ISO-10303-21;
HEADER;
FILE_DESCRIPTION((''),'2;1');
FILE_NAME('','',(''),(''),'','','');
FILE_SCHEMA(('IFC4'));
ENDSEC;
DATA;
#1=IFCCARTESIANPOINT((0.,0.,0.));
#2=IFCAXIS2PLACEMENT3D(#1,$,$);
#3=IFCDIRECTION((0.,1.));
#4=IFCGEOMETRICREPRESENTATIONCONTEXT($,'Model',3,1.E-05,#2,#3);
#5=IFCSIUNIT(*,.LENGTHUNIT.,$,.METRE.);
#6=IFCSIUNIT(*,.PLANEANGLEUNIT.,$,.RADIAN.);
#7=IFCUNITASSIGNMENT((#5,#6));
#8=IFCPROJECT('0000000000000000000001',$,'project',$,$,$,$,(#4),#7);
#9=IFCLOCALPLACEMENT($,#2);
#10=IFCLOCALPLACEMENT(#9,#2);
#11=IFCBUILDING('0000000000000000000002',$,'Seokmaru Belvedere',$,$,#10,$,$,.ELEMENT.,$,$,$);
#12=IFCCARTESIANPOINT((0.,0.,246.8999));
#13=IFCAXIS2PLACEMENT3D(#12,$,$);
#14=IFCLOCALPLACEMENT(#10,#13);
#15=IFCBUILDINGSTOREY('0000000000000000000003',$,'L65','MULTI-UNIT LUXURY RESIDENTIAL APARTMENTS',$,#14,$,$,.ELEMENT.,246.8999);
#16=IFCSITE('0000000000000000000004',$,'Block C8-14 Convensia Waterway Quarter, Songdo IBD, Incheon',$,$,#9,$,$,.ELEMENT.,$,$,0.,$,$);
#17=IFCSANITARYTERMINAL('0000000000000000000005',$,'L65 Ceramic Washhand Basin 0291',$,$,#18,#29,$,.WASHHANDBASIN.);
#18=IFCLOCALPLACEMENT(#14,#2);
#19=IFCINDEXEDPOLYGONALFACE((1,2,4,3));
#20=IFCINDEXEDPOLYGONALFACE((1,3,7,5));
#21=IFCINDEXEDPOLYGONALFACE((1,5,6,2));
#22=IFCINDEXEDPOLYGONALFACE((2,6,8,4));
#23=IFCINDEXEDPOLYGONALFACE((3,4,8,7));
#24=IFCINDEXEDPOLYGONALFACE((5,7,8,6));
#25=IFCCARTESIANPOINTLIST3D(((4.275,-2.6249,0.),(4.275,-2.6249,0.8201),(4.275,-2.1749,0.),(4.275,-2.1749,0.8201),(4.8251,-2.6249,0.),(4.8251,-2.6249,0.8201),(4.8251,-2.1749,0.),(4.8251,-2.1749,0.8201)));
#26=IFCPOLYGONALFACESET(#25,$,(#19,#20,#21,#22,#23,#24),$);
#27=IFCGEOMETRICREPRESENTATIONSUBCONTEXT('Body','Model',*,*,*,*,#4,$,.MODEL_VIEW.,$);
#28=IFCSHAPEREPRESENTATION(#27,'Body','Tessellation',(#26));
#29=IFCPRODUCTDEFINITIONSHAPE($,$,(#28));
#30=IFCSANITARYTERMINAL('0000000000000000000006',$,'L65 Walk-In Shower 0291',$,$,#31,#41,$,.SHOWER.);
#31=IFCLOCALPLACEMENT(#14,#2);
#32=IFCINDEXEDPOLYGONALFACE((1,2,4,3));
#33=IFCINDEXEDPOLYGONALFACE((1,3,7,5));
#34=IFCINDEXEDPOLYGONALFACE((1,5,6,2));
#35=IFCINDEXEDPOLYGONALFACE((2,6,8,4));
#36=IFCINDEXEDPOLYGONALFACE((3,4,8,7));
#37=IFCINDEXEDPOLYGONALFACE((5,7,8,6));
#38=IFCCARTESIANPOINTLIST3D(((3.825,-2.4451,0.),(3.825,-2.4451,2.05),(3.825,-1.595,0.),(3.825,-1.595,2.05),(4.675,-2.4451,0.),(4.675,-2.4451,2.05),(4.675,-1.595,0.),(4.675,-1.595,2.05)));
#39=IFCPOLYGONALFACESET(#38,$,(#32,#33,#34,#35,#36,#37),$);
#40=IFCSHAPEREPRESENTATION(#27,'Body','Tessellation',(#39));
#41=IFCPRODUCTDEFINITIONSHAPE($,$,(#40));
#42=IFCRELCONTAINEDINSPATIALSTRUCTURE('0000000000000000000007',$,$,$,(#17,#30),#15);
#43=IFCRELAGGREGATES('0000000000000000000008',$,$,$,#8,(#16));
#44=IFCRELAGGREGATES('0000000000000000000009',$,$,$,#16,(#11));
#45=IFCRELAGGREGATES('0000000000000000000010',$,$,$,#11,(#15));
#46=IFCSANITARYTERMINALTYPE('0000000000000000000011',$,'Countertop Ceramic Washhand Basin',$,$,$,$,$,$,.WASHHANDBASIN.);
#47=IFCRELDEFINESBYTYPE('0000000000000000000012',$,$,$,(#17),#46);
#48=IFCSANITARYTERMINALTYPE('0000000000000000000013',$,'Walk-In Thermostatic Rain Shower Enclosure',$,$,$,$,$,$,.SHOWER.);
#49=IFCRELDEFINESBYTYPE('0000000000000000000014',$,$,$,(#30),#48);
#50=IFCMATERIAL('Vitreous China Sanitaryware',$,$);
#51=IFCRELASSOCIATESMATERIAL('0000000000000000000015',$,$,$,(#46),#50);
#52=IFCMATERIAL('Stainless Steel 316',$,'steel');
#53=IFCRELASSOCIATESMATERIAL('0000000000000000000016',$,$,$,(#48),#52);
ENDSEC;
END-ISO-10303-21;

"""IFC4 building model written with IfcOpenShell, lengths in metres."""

from ifc_helpers import new_model, si_unit, direction, frame, origin, origin_2d, place, context, subcontext, project, spatial, rectangle, extrude, source, transform, mapped, material, type_object, type_shapes, element, save


model = new_model("IFC4")

# Units and contexts
model_context = context("Model", 3, precision=1e-05, world=origin(), true_north=direction((0.0, 1.0)))
body_context = subcontext(model_context, "Body", "Model", "MODEL_VIEW")
ifc_project = project(units=[si_unit("LENGTHUNIT", "METRE"), si_unit("PLANEANGLEUNIT", "RADIAN")], contexts=[model_context])

# Site, building, storey
site_placement = place(None, origin())
site = spatial("IfcSite", under=ifc_project, at=site_placement, Name="Block C8-14 Convensia Waterway Quarter, Songdo IBD, Incheon", CompositionType="ELEMENT", RefElevation=0.0)
building_placement = place(site_placement, origin())
building = spatial("IfcBuilding", under=site, at=building_placement, Name="Seokmaru Belvedere", CompositionType="ELEMENT")
storey_placement = place(building_placement, frame((0.0, 0.0, 246.8999)))
storey = spatial("IfcBuildingStorey", under=building, at=storey_placement, Name="L65", Description="MULTI-UNIT LUXURY RESIDENTIAL APARTMENTS", CompositionType="ELEMENT", Elevation=246.8999)

# Sanitary terminals
ifc_material_1 = material(Name="Vitreous China Sanitaryware")
sanitary_terminal_type_1 = type_object("IfcSanitaryTerminalType", Name="Countertop Ceramic Washhand Basin", PredefinedType="WASHHANDBASIN", material=ifc_material_1)
shared_shape_1 = source(origin(), body_context, "Body", "SweptSolid", [
    extrude(rectangle(XDim=0.55, YDim=0.45, at=origin_2d()), origin(), (0.0, 0.0, 1.0), 0.8201),
])
type_shapes(sanitary_terminal_type_1, [shared_shape_1])
sanitary_terminal_1_placement = place(storey_placement, frame((4.55, -2.3999, 0.0), z_axis=(0.0, 0.0, 1.0), x_axis=(1.0, 0.0, 0.0)))
element("IfcSanitaryTerminal", 1, at=sanitary_terminal_1_placement, inside=storey, type_object=sanitary_terminal_type_1, Name="L65 Ceramic Washhand Basin 0291", PredefinedType="WASHHANDBASIN", context=body_context, shape_type="MappedRepresentation", body=[
    mapped(shared_shape_1, transform((0.0, 0.0, 0.0), scale=1.0)),
])
ifc_material_2 = material(Name="Stainless Steel 316", Category="steel")
sanitary_terminal_type_2 = type_object("IfcSanitaryTerminalType", Name="Walk-In Thermostatic Rain Shower Enclosure", PredefinedType="SHOWER", material=ifc_material_2)
shared_shape_2 = source(origin(), body_context, "Body", "SweptSolid", [
    extrude(rectangle(XDim=0.8501, YDim=0.8501, at=origin_2d()), origin(), (0.0, 0.0, 1.0), 2.05),
])
type_shapes(sanitary_terminal_type_2, [shared_shape_2])
sanitary_terminal_2_placement = place(storey_placement, frame((4.25, -2.02, 0.0), z_axis=(0.0, 0.0, 1.0), x_axis=(1.0, 0.0, 0.0)))
element("IfcSanitaryTerminal", 2, at=sanitary_terminal_2_placement, inside=storey, type_object=sanitary_terminal_type_2, Name="L65 Walk-In Shower 0291", PredefinedType="SHOWER", context=body_context, shape_type="MappedRepresentation", body=[
    mapped(shared_shape_2, transform((0.0, 0.0, 0.0), scale=1.0)),
])

save(model, "model.ifc")
